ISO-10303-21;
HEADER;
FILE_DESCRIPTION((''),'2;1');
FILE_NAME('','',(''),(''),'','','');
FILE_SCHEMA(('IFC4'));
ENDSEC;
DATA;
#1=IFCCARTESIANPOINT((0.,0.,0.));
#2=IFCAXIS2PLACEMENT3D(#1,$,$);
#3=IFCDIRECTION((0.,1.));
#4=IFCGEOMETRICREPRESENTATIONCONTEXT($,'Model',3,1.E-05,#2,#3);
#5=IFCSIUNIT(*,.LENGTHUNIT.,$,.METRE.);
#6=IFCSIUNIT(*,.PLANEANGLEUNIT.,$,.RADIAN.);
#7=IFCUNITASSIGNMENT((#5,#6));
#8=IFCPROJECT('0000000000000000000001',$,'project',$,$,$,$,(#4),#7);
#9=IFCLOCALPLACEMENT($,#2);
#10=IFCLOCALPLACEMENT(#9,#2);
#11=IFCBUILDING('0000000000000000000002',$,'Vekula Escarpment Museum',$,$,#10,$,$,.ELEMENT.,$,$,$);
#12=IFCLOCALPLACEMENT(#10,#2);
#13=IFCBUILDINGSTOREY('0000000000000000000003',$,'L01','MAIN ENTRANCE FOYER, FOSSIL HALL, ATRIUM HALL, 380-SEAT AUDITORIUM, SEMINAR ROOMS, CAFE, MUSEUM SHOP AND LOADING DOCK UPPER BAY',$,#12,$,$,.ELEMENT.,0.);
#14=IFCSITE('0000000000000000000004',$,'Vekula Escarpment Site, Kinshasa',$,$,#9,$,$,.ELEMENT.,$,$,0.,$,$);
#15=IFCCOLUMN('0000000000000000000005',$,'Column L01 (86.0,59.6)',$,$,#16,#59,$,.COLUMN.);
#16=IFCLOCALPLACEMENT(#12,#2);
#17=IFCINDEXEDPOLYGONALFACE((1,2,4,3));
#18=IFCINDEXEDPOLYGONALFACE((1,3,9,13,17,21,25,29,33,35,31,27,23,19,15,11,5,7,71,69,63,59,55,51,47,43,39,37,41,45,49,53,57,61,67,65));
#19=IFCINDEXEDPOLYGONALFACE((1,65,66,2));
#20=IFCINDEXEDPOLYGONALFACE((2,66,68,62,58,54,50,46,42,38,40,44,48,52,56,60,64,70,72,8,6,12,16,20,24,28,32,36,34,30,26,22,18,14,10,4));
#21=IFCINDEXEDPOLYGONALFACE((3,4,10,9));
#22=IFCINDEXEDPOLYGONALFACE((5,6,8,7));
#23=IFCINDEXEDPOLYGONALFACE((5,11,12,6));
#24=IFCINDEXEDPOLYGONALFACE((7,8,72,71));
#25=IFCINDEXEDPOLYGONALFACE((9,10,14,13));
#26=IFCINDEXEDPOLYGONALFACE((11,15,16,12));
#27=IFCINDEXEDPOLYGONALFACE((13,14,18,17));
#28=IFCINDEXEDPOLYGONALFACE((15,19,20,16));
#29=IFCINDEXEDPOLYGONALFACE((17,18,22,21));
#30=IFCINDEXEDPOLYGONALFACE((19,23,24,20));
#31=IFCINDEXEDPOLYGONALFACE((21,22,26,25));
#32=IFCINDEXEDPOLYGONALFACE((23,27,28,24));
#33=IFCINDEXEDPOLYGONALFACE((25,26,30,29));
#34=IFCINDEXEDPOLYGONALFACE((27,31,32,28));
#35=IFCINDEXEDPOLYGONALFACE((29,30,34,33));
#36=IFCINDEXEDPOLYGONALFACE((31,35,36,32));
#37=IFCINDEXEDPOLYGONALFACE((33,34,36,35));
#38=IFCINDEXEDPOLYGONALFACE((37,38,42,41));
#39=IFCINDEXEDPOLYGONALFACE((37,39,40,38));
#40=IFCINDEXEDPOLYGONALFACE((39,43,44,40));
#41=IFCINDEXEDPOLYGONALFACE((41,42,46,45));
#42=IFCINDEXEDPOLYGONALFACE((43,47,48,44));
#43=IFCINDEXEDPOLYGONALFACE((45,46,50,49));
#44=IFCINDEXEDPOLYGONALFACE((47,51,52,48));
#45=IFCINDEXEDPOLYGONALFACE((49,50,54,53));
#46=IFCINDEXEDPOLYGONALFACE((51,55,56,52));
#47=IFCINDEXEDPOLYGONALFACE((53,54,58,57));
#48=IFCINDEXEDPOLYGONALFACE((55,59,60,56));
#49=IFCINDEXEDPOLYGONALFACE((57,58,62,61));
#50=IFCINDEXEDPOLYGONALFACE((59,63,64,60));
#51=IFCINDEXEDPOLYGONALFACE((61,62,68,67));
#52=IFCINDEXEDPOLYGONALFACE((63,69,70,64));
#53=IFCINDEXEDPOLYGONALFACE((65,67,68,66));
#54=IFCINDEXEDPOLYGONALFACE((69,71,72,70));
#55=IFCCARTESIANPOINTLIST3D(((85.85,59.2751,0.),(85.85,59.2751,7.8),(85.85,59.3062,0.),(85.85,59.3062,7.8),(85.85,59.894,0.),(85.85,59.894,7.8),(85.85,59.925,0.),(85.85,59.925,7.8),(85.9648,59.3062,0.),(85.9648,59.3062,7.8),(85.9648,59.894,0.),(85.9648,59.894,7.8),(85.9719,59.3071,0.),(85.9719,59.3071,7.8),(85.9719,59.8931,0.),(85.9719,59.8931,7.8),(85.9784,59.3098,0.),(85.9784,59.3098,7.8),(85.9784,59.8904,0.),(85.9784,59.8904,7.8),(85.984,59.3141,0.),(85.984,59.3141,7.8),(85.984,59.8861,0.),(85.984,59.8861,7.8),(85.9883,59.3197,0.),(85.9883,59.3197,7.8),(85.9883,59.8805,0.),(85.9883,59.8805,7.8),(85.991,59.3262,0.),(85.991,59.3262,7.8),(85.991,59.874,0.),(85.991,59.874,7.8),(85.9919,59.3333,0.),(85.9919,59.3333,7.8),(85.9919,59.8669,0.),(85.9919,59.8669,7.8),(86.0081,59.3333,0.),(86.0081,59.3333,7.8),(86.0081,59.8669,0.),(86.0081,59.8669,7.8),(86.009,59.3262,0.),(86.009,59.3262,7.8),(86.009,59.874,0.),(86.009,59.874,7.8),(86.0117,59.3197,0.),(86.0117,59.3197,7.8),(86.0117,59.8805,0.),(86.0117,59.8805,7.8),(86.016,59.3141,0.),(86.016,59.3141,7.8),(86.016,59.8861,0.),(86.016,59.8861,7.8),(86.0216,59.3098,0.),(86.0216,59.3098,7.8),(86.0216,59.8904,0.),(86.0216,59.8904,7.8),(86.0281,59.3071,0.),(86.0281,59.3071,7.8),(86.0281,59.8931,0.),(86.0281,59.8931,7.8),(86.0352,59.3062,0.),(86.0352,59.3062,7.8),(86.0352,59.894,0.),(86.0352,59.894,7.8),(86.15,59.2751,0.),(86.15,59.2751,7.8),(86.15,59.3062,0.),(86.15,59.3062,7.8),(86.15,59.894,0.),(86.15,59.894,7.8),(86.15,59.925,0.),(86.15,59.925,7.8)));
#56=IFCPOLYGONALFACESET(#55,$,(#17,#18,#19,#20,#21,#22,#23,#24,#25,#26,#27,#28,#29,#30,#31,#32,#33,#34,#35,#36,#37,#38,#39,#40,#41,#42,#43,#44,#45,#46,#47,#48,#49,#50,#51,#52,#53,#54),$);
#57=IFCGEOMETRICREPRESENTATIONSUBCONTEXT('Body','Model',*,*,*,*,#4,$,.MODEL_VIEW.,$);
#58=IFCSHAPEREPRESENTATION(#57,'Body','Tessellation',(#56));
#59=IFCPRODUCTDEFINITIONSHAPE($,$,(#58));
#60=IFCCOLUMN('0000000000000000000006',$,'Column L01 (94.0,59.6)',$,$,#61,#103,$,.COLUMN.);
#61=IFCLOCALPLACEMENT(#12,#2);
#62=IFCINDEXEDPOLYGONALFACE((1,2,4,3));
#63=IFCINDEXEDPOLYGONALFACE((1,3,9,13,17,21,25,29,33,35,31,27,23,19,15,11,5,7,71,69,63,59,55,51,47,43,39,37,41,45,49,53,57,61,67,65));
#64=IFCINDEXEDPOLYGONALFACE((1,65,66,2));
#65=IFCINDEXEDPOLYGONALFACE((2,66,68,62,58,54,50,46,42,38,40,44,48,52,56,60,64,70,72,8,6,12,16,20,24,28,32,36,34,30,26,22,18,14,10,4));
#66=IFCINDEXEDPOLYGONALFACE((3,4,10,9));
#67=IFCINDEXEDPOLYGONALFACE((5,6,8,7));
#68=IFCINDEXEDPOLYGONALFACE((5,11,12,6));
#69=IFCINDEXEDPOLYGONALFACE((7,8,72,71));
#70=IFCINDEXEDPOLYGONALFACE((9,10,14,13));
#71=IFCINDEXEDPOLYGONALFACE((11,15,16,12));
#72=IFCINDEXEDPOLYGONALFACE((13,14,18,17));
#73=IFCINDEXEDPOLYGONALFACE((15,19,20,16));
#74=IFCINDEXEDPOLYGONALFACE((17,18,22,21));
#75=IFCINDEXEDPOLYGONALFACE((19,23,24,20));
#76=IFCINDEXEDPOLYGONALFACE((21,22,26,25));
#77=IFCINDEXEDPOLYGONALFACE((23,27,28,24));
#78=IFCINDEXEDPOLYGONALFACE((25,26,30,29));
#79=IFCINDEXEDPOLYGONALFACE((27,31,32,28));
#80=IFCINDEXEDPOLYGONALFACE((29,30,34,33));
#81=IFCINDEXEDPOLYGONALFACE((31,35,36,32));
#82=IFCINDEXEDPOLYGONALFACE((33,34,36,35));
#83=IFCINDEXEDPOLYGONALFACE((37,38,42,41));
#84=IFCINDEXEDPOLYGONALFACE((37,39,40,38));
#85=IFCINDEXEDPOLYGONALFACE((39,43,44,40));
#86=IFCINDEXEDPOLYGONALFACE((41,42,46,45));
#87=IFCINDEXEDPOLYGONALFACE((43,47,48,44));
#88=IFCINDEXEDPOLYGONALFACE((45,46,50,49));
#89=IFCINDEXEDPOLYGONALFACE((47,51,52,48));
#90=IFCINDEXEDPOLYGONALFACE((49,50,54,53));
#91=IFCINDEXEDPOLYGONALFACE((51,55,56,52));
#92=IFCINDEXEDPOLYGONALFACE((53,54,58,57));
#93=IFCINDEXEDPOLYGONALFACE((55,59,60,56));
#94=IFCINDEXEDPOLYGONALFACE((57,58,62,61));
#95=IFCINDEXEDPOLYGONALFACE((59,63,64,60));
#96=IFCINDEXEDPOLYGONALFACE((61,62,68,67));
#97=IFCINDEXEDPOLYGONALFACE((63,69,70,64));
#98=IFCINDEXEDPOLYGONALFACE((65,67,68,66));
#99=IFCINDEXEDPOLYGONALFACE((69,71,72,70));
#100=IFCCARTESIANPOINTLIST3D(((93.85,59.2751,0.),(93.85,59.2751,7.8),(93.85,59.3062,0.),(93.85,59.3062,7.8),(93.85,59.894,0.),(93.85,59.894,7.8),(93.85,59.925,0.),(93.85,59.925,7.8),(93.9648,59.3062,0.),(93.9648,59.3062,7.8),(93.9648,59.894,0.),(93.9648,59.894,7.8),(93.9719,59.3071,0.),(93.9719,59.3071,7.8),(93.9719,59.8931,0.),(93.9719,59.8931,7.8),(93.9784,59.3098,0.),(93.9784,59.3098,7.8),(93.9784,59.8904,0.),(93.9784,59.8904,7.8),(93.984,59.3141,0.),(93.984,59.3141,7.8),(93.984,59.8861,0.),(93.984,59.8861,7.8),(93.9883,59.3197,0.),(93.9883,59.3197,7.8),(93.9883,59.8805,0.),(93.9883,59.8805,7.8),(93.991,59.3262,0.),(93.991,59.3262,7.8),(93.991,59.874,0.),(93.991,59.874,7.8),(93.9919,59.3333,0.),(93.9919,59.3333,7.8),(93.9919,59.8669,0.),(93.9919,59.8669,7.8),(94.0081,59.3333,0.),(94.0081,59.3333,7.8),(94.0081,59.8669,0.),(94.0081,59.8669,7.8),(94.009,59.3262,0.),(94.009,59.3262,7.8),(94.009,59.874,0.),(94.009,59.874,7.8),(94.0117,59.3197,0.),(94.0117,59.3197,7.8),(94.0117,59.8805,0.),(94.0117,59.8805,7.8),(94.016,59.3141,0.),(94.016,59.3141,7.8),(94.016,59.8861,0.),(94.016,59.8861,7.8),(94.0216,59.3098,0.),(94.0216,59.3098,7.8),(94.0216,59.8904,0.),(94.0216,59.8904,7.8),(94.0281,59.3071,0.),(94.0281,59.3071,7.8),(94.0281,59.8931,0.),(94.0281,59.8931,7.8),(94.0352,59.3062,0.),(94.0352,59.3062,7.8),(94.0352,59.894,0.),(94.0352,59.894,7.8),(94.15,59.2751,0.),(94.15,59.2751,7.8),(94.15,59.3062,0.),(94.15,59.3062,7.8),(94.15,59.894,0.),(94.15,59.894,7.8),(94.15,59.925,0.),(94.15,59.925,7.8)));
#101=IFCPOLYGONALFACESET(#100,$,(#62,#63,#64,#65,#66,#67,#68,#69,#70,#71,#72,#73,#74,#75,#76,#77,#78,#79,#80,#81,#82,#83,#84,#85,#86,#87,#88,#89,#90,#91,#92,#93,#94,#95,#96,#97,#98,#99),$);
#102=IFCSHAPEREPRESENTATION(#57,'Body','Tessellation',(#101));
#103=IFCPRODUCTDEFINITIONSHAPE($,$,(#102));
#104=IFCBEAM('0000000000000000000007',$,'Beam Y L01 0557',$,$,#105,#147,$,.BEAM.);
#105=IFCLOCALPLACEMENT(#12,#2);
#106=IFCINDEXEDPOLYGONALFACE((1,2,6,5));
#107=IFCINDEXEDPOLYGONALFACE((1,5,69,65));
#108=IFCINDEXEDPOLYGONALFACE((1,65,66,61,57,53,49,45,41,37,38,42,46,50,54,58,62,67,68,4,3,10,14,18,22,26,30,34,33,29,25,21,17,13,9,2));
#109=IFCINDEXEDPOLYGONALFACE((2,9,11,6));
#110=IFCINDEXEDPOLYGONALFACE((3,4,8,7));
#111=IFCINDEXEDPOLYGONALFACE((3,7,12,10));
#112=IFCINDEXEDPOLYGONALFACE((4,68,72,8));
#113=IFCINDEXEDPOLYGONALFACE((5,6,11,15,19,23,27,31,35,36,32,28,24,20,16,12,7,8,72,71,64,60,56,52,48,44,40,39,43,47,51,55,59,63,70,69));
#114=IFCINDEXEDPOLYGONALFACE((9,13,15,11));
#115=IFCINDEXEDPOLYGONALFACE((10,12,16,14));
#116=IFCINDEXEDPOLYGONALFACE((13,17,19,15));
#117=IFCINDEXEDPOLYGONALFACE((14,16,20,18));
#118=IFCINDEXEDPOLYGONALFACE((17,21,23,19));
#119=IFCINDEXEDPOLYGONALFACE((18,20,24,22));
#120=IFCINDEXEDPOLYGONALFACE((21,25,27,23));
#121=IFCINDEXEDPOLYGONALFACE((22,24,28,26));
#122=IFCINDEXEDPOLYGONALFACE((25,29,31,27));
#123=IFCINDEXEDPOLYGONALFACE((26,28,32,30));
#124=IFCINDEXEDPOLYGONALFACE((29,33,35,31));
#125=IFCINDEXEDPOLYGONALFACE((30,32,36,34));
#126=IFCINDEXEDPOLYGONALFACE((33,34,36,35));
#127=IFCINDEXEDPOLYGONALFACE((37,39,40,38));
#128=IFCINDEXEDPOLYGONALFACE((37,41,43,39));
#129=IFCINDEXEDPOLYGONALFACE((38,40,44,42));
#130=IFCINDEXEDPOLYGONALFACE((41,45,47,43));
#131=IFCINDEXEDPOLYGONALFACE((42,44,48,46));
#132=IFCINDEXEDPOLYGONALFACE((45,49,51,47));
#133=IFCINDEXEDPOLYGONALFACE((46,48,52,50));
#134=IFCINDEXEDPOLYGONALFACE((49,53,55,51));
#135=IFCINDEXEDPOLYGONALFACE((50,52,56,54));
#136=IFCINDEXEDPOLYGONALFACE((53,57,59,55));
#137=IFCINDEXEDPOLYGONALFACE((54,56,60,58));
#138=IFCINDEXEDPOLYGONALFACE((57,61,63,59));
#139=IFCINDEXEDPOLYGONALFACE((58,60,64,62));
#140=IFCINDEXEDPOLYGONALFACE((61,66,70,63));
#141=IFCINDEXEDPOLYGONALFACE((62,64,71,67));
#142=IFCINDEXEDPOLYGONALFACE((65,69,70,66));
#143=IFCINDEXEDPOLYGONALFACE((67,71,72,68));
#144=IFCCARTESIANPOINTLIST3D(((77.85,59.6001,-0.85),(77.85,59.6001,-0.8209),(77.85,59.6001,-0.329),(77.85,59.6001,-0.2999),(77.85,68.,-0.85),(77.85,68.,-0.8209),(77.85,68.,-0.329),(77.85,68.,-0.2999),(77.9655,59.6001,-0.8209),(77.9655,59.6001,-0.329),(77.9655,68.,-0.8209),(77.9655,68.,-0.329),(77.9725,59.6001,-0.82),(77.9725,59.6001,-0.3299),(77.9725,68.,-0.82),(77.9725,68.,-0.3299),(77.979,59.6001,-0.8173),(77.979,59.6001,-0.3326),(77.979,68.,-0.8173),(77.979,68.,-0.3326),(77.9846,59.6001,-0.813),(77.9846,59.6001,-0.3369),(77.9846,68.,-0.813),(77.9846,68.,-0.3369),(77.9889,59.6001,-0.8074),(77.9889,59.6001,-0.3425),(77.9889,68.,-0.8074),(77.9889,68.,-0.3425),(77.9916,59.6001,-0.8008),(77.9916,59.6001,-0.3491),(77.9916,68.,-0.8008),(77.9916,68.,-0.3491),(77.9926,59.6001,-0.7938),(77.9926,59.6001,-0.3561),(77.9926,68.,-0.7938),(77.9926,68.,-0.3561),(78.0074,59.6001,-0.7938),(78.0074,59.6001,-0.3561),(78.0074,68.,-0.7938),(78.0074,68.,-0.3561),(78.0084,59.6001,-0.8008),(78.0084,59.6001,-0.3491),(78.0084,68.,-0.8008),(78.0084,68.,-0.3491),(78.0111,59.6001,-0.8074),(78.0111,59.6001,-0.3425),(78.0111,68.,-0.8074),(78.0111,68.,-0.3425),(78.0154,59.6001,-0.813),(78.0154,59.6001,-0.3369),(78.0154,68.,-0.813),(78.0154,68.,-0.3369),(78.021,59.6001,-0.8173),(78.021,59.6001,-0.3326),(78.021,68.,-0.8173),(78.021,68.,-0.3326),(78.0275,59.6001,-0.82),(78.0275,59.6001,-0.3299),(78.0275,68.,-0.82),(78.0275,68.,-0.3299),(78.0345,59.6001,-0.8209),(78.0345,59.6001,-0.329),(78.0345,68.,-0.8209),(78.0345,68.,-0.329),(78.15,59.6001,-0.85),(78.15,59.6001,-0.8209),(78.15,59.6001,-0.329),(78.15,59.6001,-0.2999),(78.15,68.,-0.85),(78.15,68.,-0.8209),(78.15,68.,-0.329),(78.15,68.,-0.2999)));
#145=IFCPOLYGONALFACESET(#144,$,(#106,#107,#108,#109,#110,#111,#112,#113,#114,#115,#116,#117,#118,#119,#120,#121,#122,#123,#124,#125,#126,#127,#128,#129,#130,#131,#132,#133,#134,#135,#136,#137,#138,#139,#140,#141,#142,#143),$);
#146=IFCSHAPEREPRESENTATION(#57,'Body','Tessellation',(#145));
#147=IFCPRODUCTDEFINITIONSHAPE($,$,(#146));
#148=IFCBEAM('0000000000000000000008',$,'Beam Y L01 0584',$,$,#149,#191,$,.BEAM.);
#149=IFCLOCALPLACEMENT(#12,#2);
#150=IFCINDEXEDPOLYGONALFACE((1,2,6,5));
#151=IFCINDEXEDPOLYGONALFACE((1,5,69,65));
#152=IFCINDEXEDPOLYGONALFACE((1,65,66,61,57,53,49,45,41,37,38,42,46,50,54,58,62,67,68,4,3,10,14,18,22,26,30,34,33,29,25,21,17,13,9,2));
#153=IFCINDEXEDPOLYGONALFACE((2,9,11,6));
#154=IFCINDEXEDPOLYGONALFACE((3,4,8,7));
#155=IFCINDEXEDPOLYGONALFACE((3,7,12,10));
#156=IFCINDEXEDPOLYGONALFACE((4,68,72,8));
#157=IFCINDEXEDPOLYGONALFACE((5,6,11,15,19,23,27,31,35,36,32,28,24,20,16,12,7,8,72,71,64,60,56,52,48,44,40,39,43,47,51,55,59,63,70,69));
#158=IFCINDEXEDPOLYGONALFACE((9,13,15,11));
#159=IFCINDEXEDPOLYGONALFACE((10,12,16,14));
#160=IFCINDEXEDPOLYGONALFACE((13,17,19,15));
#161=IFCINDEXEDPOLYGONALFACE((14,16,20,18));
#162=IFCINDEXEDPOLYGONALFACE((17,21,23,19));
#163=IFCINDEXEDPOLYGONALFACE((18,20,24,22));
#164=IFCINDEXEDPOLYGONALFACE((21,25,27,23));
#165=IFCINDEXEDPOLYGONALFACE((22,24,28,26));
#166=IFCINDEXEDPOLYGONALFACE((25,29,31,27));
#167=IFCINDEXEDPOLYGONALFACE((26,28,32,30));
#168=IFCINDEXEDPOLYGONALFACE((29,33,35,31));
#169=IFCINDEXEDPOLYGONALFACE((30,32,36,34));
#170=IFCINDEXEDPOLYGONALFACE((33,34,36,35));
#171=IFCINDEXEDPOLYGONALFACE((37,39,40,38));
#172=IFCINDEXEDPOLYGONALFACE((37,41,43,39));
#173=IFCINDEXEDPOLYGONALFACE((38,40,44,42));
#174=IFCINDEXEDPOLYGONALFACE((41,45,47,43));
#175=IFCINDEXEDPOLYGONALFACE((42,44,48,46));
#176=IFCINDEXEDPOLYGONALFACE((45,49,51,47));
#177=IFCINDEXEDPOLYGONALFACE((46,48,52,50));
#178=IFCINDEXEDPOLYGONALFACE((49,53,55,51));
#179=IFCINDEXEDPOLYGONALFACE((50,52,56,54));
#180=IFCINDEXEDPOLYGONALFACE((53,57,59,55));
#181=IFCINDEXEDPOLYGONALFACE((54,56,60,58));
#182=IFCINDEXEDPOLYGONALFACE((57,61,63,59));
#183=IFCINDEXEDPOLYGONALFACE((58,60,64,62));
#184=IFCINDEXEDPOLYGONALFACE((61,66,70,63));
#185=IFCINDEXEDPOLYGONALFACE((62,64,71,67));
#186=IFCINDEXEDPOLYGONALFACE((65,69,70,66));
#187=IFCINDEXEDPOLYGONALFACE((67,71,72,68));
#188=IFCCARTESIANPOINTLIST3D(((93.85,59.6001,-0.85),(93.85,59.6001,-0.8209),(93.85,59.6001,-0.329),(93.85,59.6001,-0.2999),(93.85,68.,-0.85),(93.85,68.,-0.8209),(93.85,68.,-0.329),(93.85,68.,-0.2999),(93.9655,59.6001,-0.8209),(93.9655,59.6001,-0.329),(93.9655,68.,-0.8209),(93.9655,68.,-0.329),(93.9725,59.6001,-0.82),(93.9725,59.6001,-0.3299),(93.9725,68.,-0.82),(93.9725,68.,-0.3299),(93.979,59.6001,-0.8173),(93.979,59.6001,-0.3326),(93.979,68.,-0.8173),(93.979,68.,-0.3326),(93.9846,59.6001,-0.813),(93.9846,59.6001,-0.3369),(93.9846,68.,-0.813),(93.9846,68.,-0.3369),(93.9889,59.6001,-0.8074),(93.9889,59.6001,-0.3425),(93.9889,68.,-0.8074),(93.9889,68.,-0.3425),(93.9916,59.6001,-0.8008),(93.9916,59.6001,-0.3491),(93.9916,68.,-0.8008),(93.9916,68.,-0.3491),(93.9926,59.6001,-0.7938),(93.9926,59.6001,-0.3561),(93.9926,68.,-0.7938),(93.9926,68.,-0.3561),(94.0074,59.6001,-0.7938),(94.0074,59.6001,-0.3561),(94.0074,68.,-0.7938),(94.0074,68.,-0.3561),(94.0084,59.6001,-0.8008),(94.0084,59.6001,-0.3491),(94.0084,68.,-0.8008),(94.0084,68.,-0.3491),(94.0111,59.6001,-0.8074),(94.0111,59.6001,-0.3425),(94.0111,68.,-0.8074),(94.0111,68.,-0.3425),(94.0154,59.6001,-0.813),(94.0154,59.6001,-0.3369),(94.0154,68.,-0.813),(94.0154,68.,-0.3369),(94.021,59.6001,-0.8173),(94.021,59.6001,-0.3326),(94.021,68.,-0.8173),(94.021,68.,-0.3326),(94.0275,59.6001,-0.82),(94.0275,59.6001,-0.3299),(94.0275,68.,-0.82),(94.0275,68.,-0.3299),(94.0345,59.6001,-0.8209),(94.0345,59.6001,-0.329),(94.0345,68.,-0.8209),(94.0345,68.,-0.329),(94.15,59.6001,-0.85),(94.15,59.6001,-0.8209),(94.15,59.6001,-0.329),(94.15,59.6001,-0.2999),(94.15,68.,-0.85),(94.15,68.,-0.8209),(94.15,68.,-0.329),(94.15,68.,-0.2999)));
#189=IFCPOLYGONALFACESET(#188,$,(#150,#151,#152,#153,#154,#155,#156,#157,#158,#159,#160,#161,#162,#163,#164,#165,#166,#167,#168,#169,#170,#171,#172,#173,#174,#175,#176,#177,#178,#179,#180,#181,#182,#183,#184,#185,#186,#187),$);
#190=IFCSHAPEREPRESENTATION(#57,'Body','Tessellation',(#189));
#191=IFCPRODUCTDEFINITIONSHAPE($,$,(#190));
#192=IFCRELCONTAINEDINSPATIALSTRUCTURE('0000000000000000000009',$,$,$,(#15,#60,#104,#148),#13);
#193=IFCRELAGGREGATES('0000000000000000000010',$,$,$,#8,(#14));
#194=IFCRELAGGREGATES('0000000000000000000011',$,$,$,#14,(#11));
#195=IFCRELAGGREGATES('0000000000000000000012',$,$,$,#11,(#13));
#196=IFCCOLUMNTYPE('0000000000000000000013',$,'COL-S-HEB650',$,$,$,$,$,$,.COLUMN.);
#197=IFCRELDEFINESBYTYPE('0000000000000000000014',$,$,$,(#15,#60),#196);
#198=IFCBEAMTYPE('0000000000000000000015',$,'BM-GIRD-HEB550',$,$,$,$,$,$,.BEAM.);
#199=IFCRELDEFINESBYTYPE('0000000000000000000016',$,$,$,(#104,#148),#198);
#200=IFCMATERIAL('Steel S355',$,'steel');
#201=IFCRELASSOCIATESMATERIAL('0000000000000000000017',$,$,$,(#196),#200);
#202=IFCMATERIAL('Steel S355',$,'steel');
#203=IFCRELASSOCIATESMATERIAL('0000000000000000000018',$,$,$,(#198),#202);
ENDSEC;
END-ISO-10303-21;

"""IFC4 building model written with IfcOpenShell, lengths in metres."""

from ifc_helpers import new_model, si_unit, direction, frame, origin, origin_2d, place, context, subcontext, project, spatial, i_section, extrude, material, material_profile, profile_set, type_object, element, save


model = new_model("IFC4")

# Units and contexts
model_context = context("Model", 3, precision=1e-05, world=origin(), true_north=direction((0.0, 1.0)))
body_context = subcontext(model_context, "Body", "Model", "MODEL_VIEW")
ifc_project = project(units=[si_unit("LENGTHUNIT", "METRE"), si_unit("PLANEANGLEUNIT", "RADIAN")], contexts=[model_context])

# Site, building, storey
site_placement = place(None, origin())
site = spatial("IfcSite", under=ifc_project, at=site_placement, Name="Vekula Escarpment Site, Kinshasa", CompositionType="ELEMENT", RefElevation=0.0)
building_placement = place(site_placement, origin())
building = spatial("IfcBuilding", under=site, at=building_placement, Name="Vekula Escarpment Museum", CompositionType="ELEMENT")
storey_placement = place(building_placement, origin())
storey = spatial("IfcBuildingStorey", under=building, at=storey_placement, Name="L01", Description="MAIN ENTRANCE FOYER, FOSSIL HALL, ATRIUM HALL, 380-SEAT AUDITORIUM, SEMINAR ROOMS, CAFE, MUSEUM SHOP AND LOADING DOCK UPPER BAY", CompositionType="ELEMENT", Elevation=0.0)

# Columns
ifc_material_1 = material(Name="Steel S355", Category="steel")
ifc_material_profile_1 = material_profile(ifc_material_1, i_section(OverallWidth=0.3, OverallDepth=0.6499, WebThickness=0.0161, FlangeThickness=0.031, FilletRadius=0.0271, at=origin_2d()), Name="HEB 650")
ifc_profile_set_1 = profile_set([ifc_material_profile_1], Name="Steel S355")
column_type = type_object("IfcColumnType", Name="COL-S-HEB650", PredefinedType="COLUMN", material=ifc_profile_set_1)
for number, where, z_axis, x_axis, name in (
    (1, (86.0, 59.6001, 0.0), (0.0, 0.0, 1.0), (1.0, 0.0, 0.0), "Column L01 (86.0,59.6)"),
    (2, (94.0, 59.6001, 0.0), (0.0, 0.0, 1.0), (1.0, 0.0, 0.0), "Column L01 (94.0,59.6)"),
):
    element("IfcColumn", number, at=place(storey_placement, frame(where, z_axis=z_axis, x_axis=x_axis)), inside=storey, type_object=column_type, Name=name, PredefinedType="COLUMN", context=body_context, shape_type="SweptSolid", body=[
        extrude(i_section(OverallWidth=0.3, OverallDepth=0.6499, WebThickness=0.0161, FlangeThickness=0.031, FilletRadius=0.0271, at=origin_2d()), origin(), (0.0, 0.0, 1.0), 7.8),
    ])

# Beams
ifc_material_2 = material(Name="Steel S355", Category="steel")
ifc_material_profile_2 = material_profile(ifc_material_2, i_section(OverallWidth=0.3, OverallDepth=0.55, WebThickness=0.0149, FlangeThickness=0.0291, FilletRadius=0.0271, at=origin_2d()), Name="HEB 550")
ifc_profile_set_2 = profile_set([ifc_material_profile_2], Name="Steel S355")
beam_type_1 = type_object("IfcBeamType", Name="BM-GIRD-HEB550", PredefinedType="BEAM", material=ifc_profile_set_2)
for number, where, z_axis, x_axis, name in (
    (3, (78.0, 59.6001, -0.575), (0.0, 1.0, 0.0), (-1.0, 0.0, 0.0), "Beam Y L01 0557"),
    (4, (94.0, 59.6001, -0.575), (0.0, 1.0, 0.0), (-1.0, 0.0, 0.0), "Beam Y L01 0584"),
):
    element("IfcBeam", number, at=place(storey_placement, frame(where, z_axis=z_axis, x_axis=x_axis)), inside=storey, type_object=beam_type_1, Name=name, PredefinedType="BEAM", context=body_context, shape_type="SweptSolid", body=[
        extrude(i_section(OverallWidth=0.3, OverallDepth=0.55, WebThickness=0.0149, FlangeThickness=0.0291, FilletRadius=0.0271, at=origin_2d()), origin(), (0.0, 0.0, 1.0), 8.3999),
    ])

save(model, "model.ifc")
